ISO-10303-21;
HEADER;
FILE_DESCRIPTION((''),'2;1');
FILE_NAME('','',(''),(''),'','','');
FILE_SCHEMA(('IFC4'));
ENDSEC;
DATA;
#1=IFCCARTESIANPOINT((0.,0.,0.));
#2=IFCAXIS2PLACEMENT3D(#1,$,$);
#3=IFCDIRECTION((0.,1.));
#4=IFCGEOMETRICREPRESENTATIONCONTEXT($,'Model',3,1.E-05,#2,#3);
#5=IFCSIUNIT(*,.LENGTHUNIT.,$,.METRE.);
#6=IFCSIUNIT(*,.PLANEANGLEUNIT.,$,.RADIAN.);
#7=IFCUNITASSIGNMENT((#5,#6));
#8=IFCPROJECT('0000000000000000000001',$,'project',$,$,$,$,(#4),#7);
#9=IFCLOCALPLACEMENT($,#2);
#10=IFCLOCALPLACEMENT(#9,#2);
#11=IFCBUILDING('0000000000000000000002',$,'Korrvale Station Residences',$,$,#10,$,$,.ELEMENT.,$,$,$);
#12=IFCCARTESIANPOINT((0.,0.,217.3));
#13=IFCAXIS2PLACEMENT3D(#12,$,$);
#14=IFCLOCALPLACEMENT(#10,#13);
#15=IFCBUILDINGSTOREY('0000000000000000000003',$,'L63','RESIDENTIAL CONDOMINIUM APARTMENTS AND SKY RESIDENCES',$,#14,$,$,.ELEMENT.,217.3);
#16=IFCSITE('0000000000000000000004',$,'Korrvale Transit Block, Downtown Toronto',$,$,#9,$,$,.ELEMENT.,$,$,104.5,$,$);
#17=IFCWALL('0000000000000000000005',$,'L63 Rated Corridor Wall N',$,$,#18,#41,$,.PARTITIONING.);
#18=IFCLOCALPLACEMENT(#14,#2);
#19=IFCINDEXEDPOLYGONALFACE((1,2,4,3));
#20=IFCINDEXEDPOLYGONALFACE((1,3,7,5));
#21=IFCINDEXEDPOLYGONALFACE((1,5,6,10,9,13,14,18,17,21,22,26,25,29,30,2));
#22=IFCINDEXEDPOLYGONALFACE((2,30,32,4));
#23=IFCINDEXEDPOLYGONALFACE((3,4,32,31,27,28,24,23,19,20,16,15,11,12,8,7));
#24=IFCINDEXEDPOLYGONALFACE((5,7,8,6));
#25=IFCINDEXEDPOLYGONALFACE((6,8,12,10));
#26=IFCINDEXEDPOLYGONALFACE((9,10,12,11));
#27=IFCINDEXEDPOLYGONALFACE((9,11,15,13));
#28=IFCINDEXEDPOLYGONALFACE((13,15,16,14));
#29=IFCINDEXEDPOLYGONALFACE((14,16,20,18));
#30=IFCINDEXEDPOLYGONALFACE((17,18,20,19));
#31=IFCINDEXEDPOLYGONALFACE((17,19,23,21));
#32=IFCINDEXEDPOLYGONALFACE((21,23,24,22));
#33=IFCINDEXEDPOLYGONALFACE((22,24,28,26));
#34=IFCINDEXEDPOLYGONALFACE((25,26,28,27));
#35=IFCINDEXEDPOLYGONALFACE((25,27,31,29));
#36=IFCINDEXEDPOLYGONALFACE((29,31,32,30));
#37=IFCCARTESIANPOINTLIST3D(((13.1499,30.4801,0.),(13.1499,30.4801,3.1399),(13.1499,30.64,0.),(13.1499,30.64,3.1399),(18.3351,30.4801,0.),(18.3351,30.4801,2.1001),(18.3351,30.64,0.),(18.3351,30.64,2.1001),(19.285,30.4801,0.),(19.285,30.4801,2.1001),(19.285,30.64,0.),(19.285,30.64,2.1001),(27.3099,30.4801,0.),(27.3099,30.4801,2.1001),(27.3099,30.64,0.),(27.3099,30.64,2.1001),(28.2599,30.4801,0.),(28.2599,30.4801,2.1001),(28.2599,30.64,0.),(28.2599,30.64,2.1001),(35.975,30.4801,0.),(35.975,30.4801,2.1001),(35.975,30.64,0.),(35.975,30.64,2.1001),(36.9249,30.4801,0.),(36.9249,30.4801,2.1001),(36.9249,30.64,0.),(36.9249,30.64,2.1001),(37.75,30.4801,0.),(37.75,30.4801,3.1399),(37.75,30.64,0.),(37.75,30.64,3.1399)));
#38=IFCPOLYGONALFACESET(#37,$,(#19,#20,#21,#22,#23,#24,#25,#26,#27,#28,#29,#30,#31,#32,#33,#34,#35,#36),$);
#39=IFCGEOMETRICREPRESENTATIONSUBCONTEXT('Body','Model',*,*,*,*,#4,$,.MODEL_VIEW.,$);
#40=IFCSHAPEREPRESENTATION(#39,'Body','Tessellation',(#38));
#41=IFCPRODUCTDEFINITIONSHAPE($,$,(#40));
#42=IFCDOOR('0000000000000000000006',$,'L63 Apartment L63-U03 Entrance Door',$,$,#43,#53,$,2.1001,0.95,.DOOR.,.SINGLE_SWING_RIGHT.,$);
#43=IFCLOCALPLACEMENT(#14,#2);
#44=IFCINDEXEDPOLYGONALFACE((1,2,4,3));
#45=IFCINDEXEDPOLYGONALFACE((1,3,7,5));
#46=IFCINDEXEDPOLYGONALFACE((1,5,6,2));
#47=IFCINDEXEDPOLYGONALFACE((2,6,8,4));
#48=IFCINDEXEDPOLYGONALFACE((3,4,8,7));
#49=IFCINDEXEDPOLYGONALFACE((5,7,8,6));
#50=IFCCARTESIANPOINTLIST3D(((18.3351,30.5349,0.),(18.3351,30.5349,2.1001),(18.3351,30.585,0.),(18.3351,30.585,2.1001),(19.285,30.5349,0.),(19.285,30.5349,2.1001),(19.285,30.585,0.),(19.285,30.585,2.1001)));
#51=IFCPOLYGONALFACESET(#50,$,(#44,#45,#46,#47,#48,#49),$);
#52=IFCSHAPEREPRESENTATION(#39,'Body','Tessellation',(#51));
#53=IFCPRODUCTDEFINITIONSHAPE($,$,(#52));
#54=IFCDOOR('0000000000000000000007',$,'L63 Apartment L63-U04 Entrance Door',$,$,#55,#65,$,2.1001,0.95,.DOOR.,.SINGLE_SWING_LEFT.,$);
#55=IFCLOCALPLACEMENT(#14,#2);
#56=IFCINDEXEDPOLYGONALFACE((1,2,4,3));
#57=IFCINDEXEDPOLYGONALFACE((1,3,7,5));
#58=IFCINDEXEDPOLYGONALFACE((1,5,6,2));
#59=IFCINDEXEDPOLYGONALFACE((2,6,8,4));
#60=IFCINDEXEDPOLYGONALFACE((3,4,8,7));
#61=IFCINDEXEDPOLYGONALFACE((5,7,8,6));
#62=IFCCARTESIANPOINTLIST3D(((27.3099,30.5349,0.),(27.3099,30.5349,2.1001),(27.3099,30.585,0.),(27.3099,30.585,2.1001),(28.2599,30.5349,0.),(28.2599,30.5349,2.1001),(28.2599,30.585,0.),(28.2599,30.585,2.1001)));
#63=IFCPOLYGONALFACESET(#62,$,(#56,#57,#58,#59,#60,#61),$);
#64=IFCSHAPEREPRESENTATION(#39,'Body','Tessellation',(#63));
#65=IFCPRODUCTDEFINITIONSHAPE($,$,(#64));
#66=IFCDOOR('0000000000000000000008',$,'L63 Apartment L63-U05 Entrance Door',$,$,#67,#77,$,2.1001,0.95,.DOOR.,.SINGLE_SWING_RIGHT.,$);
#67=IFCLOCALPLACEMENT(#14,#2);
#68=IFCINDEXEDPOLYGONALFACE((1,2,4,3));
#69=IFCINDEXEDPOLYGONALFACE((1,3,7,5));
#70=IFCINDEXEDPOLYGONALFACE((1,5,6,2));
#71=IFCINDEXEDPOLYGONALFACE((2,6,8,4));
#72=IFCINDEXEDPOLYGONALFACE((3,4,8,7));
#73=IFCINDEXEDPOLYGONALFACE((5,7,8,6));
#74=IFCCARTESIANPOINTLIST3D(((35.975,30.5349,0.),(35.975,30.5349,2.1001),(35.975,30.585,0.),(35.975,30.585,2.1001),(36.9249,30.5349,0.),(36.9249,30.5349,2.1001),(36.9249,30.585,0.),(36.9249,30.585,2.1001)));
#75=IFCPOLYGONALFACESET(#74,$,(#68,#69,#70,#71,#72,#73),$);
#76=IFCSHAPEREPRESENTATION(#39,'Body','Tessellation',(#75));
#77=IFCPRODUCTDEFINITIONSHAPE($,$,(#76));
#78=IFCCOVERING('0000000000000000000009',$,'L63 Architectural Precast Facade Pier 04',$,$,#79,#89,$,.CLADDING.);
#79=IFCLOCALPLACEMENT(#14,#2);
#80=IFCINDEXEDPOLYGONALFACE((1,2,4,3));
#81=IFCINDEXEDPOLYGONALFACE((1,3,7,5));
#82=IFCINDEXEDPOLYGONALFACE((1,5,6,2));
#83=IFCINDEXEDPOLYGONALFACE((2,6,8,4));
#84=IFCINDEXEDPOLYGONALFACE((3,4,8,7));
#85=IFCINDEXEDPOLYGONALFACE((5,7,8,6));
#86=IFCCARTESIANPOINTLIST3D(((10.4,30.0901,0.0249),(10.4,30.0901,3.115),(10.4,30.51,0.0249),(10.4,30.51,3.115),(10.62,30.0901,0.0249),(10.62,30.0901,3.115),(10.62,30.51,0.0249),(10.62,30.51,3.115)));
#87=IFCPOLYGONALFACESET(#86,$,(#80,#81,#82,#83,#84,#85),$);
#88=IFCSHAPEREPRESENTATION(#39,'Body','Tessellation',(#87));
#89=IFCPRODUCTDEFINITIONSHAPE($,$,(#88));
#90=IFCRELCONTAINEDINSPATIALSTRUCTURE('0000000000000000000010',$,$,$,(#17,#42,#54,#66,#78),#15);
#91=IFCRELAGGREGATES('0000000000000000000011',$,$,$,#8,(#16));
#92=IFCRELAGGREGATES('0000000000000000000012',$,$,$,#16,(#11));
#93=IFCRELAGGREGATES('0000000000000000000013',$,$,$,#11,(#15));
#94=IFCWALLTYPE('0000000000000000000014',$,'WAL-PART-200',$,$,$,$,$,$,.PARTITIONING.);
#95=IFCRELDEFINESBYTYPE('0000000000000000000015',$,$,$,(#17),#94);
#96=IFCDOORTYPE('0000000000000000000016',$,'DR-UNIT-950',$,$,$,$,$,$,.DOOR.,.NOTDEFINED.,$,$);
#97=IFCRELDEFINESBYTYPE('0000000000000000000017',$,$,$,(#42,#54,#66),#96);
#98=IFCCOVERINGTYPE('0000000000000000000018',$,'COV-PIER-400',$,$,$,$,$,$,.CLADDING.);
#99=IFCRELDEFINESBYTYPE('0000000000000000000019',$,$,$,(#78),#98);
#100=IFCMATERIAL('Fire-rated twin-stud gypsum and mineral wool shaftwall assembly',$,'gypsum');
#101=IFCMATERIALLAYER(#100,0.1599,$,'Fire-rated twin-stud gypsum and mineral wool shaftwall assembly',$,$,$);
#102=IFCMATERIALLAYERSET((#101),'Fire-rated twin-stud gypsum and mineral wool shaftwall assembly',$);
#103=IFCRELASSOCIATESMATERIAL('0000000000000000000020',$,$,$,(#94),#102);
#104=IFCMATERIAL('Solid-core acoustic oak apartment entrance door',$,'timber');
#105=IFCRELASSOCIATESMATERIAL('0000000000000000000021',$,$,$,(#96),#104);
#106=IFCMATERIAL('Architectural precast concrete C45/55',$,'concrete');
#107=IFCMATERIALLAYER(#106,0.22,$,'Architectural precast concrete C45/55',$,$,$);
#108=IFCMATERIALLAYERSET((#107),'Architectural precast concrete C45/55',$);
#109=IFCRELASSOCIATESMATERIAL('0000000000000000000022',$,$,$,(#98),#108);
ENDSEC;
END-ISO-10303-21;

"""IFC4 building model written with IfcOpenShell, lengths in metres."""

from ifc_helpers import new_model, si_unit, direction, frame, frame_2d, origin, origin_2d, place, context, subcontext, project, spatial, rectangle, extrude, material, layer, layer_set, type_object, element, fill, save


model = new_model("IFC4")

# Units and contexts
model_context = context("Model", 3, precision=1e-05, world=origin(), true_north=direction((0.0, 1.0)))
body_context = subcontext(model_context, "Body", "Model", "MODEL_VIEW")
ifc_project = project(units=[si_unit("LENGTHUNIT", "METRE"), si_unit("PLANEANGLEUNIT", "RADIAN")], contexts=[model_context])

# Site, building, storey
site_placement = place(None, origin())
site = spatial("IfcSite", under=ifc_project, at=site_placement, Name="Korrvale Transit Block, Downtown Toronto", CompositionType="ELEMENT", RefElevation=104.5)
building_placement = place(site_placement, origin())
building = spatial("IfcBuilding", under=site, at=building_placement, Name="Korrvale Station Residences", CompositionType="ELEMENT")
storey_placement = place(building_placement, frame((0.0, 0.0, 217.3)))
storey = spatial("IfcBuildingStorey", under=building, at=storey_placement, Name="L63", Description="RESIDENTIAL CONDOMINIUM APARTMENTS AND SKY RESIDENCES", CompositionType="ELEMENT", Elevation=217.3)

# Shared definitions
ifc_material_1 = material(Name="Fire-rated twin-stud gypsum and mineral wool shaftwall assembly", Category="gypsum")
ifc_layer_1 = layer(ifc_material_1, 0.1599, Name="Fire-rated twin-stud gypsum and mineral wool shaftwall assembly")
ifc_layer_set_1 = layer_set([ifc_layer_1], Name="Fire-rated twin-stud gypsum and mineral wool shaftwall assembly")
wall_type_1 = type_object("IfcWallType", Name="WAL-PART-200", PredefinedType="PARTITIONING", material=ifc_layer_set_1)

# Wall, openings, doors
wall_1_placement = place(storey_placement, frame((13.1499, 30.5601, 0.0), z_axis=(0.0, 0.0, 1.0), x_axis=(1.0, 0.0, 0.0)))
wall_1 = element("IfcWall", 1, at=wall_1_placement, inside=storey, type_object=wall_type_1, Name="L63 Rated Corridor Wall N", PredefinedType="PARTITIONING", context=body_context, shape_type="SweptSolid", body=[
    extrude(rectangle(XDim=24.6001, YDim=0.1599, at=frame_2d((12.3, 0.0))), origin(), (0.0, 0.0, 1.0), 3.1399),
])
opening_1_placement = place(wall_1_placement, frame((5.1851, 0.0, 0.0)))
opening_1 = element("IfcOpeningElement", 2, at=opening_1_placement, cuts=wall_1, PredefinedType="OPENING", context=body_context, shape_type="SweptSolid", body=[
    extrude(rectangle(XDim=0.95, YDim=2.1001, at=frame_2d((0.4751, 1.05))), frame((0.0, 0.0898, 0.0), z_axis=(0.0, -1.0, 0.0), x_axis=(1.0, 0.0, 0.0)), (0.0, 0.0, 1.0), 0.1799),
])
opening_2_placement = place(wall_1_placement, frame((14.1599, 0.0, 0.0)))
opening_2 = element("IfcOpeningElement", 3, at=opening_2_placement, cuts=wall_1, PredefinedType="OPENING", context=body_context, shape_type="SweptSolid", body=[
    extrude(rectangle(XDim=0.95, YDim=2.1001, at=frame_2d((0.4751, 1.05))), frame((0.0, 0.0898, 0.0), z_axis=(0.0, -1.0, 0.0), x_axis=(1.0, 0.0, 0.0)), (0.0, 0.0, 1.0), 0.1799),
])
opening_3_placement = place(wall_1_placement, frame((22.825, 0.0, 0.0)))
opening_3 = element("IfcOpeningElement", 4, at=opening_3_placement, cuts=wall_1, PredefinedType="OPENING", context=body_context, shape_type="SweptSolid", body=[
    extrude(rectangle(XDim=0.95, YDim=2.1001, at=frame_2d((0.4751, 1.05))), frame((0.0, 0.0898, 0.0), z_axis=(0.0, -1.0, 0.0), x_axis=(1.0, 0.0, 0.0)), (0.0, 0.0, 1.0), 0.1799),
])
ifc_material_2 = material(Name="Solid-core acoustic oak apartment entrance door", Category="timber")
door_type = type_object("IfcDoorType", Name="DR-UNIT-950", OperationType="NOTDEFINED", PredefinedType="DOOR", material=ifc_material_2)
door_1_placement = place(opening_1_placement, origin())
door_1 = element("IfcDoor", 5, at=door_1_placement, inside=storey, type_object=door_type, Name="L63 Apartment L63-U03 Entrance Door", OperationType="SINGLE_SWING_RIGHT", OverallHeight=2.1001, OverallWidth=0.95, PredefinedType="DOOR", context=body_context, shape_type="SweptSolid", body=[
    extrude(rectangle(XDim=0.95, YDim=2.1001, at=frame_2d((0.4751, 1.05))), frame((0.0, 0.0249, 0.0), z_axis=(0.0, -1.0, 0.0), x_axis=(1.0, 0.0, 0.0)), (0.0, 0.0, 1.0), 0.05),
])
fill(opening_1, door_1)
door_2_placement = place(opening_2_placement, origin())
door_2 = element("IfcDoor", 6, at=door_2_placement, inside=storey, type_object=door_type, Name="L63 Apartment L63-U04 Entrance Door", OperationType="SINGLE_SWING_LEFT", OverallHeight=2.1001, OverallWidth=0.95, PredefinedType="DOOR", context=body_context, shape_type="SweptSolid", body=[
    extrude(rectangle(XDim=0.95, YDim=2.1001, at=frame_2d((0.4751, 1.05))), frame((0.0, 0.0249, 0.0), z_axis=(0.0, -1.0, 0.0), x_axis=(1.0, 0.0, 0.0)), (0.0, 0.0, 1.0), 0.05),
])
fill(opening_2, door_2)
door_3_placement = place(opening_3_placement, origin())
door_3 = element("IfcDoor", 7, at=door_3_placement, inside=storey, type_object=door_type, Name="L63 Apartment L63-U05 Entrance Door", OperationType="SINGLE_SWING_RIGHT", OverallHeight=2.1001, OverallWidth=0.95, PredefinedType="DOOR", context=body_context, shape_type="SweptSolid", body=[
    extrude(rectangle(XDim=0.95, YDim=2.1001, at=frame_2d((0.4751, 1.05))), frame((0.0, 0.0249, 0.0), z_axis=(0.0, -1.0, 0.0), x_axis=(1.0, 0.0, 0.0)), (0.0, 0.0, 1.0), 0.05),
])
fill(opening_3, door_3)

# Covering
ifc_material_3 = material(Name="Architectural precast concrete C45/55", Category="concrete")
ifc_layer_2 = layer(ifc_material_3, 0.22, Name="Architectural precast concrete C45/55")
ifc_layer_set_2 = layer_set([ifc_layer_2], Name="Architectural precast concrete C45/55")
covering_type = type_object("IfcCoveringType", Name="COV-PIER-400", PredefinedType="CLADDING", material=ifc_layer_set_2)
covering_placement = place(storey_placement, frame((10.51, 30.3, 0.0249), z_axis=(0.0, 0.0, 1.0), x_axis=(0.0, 1.0, 0.0)))
element("IfcCovering", 8, at=covering_placement, inside=storey, type_object=covering_type, Name="L63 Architectural Precast Facade Pier 04", PredefinedType="CLADDING", context=body_context, shape_type="SweptSolid", body=[
    extrude(rectangle(XDim=0.4199, YDim=0.22, at=origin_2d()), origin(), (0.0, 0.0, 1.0), 3.0901),
])

save(model, "model.ifc")
